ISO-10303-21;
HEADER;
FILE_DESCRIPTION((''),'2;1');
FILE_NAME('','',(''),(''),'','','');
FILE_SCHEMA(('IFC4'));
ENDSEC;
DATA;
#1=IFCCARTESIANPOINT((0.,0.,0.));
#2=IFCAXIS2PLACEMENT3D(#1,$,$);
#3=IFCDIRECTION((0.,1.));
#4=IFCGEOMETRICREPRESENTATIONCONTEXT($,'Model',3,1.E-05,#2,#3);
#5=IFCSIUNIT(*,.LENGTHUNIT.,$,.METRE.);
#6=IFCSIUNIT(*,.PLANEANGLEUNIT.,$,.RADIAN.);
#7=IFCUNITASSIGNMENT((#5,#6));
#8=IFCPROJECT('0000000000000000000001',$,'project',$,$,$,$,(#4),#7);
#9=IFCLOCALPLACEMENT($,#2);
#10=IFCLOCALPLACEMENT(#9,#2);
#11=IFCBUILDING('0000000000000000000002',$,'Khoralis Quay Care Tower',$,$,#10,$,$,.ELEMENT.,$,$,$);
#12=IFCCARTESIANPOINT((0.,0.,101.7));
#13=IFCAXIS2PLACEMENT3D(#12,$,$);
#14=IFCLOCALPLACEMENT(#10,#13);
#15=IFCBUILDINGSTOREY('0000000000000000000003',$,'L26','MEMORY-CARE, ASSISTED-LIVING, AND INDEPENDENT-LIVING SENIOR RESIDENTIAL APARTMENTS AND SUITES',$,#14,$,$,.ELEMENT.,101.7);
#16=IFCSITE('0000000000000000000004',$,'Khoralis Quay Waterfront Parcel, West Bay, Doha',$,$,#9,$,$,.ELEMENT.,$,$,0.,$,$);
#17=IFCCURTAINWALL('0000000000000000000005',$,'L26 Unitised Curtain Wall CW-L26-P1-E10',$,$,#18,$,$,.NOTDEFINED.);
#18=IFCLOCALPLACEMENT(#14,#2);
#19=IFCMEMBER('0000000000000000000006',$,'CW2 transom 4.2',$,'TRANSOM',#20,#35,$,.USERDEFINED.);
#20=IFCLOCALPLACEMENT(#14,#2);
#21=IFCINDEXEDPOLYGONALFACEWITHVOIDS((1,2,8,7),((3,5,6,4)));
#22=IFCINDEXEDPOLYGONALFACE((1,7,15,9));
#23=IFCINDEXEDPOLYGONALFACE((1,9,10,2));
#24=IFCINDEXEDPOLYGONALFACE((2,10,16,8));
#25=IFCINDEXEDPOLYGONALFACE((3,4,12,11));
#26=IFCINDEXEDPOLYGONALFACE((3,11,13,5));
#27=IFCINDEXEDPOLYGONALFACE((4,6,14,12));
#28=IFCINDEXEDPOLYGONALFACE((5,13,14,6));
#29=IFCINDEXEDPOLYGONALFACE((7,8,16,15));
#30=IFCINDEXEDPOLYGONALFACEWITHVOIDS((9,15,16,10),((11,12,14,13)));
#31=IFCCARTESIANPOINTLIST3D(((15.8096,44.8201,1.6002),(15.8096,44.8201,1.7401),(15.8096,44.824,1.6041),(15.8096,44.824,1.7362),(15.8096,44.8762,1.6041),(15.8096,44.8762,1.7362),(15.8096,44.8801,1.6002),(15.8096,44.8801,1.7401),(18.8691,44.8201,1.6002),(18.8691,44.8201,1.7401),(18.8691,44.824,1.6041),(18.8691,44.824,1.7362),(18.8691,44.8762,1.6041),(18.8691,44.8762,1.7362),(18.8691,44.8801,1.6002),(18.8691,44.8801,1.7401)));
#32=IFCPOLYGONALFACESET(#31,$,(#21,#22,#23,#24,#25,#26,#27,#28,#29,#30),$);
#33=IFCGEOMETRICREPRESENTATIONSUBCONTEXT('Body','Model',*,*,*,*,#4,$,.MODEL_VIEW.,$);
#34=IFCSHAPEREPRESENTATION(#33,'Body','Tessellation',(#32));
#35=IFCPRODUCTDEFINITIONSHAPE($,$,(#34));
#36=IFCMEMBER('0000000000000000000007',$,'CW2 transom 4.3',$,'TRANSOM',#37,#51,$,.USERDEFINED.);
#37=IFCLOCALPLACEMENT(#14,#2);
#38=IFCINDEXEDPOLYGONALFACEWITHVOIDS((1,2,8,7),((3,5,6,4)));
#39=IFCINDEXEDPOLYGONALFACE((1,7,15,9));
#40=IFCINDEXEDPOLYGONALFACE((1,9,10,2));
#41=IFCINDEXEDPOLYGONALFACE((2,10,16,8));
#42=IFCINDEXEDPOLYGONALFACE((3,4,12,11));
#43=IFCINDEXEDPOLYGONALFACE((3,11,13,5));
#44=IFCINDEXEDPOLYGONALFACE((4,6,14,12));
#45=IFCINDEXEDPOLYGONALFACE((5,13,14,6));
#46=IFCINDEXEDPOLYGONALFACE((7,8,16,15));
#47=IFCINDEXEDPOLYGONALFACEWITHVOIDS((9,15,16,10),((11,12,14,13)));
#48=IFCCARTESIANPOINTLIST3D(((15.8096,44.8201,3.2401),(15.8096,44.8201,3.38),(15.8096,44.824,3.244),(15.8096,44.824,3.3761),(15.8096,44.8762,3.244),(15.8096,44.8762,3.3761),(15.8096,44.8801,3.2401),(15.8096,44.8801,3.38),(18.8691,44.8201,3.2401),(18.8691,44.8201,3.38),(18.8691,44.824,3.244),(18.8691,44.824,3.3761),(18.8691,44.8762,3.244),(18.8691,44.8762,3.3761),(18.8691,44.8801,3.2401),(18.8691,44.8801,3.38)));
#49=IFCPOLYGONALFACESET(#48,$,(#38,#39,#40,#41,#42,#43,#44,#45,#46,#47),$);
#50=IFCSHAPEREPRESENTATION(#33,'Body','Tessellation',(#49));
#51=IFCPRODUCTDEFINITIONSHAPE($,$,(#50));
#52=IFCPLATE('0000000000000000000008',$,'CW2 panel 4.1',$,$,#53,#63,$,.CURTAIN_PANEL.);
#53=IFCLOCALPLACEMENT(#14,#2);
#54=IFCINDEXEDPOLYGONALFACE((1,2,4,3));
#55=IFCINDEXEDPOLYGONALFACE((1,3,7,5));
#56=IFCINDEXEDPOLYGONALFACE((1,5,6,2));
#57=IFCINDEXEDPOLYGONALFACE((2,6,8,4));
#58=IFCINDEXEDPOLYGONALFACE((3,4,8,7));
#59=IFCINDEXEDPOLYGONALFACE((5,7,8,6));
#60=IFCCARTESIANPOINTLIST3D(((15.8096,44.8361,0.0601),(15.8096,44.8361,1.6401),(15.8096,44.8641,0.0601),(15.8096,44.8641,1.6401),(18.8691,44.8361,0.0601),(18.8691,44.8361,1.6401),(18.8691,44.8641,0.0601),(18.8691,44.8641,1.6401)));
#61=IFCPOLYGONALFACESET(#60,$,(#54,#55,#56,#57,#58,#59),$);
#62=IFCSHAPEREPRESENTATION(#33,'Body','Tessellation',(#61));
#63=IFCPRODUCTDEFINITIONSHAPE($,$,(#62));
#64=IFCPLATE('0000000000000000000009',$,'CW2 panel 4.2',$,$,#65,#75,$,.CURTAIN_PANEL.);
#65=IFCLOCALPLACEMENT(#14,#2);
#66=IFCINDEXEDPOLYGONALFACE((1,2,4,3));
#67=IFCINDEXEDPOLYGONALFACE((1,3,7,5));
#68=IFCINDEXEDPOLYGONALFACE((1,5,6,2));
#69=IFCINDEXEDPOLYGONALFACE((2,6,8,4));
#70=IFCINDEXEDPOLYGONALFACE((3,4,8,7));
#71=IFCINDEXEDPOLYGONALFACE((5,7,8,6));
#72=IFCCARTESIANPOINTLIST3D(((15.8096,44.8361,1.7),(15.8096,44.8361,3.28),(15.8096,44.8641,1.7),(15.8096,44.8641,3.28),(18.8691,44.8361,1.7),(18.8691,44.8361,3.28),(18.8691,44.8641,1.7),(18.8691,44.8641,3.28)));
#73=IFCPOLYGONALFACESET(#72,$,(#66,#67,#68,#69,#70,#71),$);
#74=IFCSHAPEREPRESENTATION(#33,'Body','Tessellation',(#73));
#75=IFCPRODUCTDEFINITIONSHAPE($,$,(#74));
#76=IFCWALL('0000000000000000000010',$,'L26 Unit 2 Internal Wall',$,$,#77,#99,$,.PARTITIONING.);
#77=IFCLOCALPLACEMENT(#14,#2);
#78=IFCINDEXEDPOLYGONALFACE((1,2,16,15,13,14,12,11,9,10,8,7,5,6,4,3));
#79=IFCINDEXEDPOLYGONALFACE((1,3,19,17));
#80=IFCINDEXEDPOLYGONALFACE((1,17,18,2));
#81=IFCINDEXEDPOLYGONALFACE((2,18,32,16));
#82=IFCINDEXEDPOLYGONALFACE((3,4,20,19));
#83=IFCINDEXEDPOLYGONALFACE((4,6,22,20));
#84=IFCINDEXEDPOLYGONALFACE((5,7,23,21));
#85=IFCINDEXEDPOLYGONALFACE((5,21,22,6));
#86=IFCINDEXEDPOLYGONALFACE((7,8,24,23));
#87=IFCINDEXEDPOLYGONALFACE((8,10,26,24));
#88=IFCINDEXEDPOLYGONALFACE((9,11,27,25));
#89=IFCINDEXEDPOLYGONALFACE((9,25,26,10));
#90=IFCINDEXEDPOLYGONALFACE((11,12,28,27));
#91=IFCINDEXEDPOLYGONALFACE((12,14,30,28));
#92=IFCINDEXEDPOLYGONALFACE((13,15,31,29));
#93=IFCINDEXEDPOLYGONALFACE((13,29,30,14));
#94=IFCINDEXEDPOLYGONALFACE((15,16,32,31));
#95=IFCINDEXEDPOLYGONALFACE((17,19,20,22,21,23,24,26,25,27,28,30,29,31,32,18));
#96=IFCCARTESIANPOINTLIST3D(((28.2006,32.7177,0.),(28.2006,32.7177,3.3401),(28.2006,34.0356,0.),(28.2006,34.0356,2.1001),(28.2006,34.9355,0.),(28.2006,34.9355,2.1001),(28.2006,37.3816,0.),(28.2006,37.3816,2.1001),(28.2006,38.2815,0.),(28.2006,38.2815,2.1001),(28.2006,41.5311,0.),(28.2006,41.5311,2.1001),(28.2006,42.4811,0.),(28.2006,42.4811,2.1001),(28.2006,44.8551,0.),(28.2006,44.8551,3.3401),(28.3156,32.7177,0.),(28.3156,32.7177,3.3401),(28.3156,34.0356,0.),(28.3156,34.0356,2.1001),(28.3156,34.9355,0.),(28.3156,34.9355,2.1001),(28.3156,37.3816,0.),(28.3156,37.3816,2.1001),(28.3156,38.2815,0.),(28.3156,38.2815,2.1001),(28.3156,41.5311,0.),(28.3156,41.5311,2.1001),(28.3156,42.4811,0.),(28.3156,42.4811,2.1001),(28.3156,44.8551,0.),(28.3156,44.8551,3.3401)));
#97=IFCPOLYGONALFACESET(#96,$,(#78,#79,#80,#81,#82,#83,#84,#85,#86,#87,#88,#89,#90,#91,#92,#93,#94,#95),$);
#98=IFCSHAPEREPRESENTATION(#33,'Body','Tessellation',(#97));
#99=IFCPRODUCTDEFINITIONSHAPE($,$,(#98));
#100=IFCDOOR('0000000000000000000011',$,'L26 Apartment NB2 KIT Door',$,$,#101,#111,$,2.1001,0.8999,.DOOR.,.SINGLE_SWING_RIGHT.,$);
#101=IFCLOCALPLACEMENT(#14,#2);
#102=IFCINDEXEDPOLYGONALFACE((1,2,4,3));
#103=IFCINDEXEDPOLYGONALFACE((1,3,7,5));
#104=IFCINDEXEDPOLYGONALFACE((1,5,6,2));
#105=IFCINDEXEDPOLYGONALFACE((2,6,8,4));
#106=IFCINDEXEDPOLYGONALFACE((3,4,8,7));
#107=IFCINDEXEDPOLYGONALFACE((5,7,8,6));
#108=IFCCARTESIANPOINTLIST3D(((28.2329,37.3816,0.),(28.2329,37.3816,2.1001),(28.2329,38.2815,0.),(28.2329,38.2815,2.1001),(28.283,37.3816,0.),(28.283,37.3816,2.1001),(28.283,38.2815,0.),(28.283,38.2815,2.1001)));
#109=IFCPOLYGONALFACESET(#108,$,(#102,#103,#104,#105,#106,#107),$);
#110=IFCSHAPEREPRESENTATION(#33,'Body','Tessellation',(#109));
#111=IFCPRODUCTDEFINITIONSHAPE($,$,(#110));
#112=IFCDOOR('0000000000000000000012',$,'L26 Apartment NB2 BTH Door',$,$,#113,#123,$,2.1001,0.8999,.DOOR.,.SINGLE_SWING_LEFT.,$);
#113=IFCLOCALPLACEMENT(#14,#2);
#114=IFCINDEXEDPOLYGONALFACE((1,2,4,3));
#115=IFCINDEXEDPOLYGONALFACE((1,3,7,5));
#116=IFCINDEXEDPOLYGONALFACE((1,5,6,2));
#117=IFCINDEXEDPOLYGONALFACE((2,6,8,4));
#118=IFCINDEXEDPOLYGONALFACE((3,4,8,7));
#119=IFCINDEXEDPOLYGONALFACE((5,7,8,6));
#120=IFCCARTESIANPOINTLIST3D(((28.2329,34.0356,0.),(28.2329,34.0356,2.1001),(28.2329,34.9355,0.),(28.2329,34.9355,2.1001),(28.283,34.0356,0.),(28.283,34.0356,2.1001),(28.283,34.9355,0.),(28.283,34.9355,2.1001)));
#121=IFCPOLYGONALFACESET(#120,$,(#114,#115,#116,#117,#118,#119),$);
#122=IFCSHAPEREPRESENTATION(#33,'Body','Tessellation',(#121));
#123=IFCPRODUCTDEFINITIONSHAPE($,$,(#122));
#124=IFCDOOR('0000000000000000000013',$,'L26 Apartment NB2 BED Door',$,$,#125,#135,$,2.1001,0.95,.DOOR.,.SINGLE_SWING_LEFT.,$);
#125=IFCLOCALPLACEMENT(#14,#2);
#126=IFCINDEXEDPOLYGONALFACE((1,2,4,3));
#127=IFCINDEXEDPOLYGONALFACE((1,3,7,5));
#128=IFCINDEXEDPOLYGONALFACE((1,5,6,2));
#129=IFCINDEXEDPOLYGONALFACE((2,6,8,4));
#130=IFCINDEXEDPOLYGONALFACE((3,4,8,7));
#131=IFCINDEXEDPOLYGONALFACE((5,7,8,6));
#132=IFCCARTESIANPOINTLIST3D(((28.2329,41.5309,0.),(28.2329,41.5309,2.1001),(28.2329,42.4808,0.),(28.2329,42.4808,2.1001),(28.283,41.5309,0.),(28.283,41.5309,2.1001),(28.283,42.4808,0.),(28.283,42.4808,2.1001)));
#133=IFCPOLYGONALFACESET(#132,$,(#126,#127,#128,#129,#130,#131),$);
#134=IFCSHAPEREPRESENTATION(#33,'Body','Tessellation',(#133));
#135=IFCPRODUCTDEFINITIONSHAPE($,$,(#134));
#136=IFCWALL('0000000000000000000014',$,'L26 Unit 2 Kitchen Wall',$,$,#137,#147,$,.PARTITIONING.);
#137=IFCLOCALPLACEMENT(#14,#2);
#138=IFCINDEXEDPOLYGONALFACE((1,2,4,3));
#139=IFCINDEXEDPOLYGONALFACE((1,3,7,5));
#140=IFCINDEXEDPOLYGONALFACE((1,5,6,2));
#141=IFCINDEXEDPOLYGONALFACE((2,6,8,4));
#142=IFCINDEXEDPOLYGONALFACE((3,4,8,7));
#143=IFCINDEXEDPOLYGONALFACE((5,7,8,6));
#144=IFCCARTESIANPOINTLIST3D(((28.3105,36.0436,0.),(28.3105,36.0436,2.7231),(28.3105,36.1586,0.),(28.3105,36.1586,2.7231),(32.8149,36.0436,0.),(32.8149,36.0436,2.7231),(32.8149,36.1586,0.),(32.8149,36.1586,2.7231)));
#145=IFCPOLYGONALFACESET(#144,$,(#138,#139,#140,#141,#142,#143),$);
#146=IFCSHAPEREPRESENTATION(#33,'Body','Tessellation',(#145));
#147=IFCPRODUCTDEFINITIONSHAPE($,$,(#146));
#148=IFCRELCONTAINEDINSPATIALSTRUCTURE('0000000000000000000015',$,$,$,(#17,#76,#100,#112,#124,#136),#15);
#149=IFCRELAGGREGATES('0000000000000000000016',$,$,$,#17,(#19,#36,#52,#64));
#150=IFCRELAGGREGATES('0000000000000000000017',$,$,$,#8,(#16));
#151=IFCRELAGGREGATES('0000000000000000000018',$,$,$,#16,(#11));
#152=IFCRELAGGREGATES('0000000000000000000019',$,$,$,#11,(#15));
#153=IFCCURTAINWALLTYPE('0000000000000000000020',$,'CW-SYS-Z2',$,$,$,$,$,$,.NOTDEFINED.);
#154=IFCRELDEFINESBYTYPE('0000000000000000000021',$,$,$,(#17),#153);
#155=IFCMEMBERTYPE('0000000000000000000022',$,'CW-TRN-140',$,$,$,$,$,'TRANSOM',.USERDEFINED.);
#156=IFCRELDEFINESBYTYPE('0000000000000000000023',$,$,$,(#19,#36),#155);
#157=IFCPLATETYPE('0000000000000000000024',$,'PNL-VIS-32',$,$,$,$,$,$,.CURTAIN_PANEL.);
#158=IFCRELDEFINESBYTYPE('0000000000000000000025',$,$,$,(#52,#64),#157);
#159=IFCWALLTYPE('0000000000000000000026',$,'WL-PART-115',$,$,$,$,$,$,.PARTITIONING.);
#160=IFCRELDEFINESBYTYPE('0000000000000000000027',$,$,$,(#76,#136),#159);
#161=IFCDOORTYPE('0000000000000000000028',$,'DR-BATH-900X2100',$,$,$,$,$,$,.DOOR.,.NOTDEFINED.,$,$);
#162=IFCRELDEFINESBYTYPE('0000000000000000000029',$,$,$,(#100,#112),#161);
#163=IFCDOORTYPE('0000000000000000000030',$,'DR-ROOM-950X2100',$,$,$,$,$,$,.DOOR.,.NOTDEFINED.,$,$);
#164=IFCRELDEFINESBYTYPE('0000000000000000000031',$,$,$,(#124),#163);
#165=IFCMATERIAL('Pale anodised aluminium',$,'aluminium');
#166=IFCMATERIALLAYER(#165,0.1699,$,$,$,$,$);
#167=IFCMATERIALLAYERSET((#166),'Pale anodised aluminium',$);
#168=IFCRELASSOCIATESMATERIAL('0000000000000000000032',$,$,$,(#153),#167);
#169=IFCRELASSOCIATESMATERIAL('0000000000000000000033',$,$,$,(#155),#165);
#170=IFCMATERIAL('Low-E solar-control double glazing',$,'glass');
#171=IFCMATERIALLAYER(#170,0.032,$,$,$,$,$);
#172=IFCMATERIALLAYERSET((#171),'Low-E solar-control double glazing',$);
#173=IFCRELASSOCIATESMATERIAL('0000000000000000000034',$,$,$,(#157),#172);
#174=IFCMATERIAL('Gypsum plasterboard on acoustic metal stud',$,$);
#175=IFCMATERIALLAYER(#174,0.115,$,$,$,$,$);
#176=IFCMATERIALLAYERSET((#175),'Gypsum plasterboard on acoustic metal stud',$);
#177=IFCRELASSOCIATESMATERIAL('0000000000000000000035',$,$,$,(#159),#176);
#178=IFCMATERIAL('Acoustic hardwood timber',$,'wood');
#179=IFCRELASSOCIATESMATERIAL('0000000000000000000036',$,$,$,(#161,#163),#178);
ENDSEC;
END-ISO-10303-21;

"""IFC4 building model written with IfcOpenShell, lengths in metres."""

from ifc_helpers import new_model, si_unit, direction, frame, frame_2d, origin, origin_2d, place, context, subcontext, project, spatial, rectangle, hollow_rectangle, extrude, source, transform, mapped, material, layer, layer_set, material_profile, profile_set, type_object, element, fill, aggregate, save


model = new_model("IFC4")

# Units and contexts
model_context = context("Model", 3, precision=1e-05, world=origin(), true_north=direction((0.0, 1.0)))
body_context = subcontext(model_context, "Body", "Model", "MODEL_VIEW")
ifc_project = project(units=[si_unit("LENGTHUNIT", "METRE"), si_unit("PLANEANGLEUNIT", "RADIAN")], contexts=[model_context])

# Site, building, storey
site_placement = place(None, origin())
site = spatial("IfcSite", under=ifc_project, at=site_placement, Name="Khoralis Quay Waterfront Parcel, West Bay, Doha", CompositionType="ELEMENT", RefElevation=0.0)
building_placement = place(site_placement, origin())
building = spatial("IfcBuilding", under=site, at=building_placement, Name="Khoralis Quay Care Tower", CompositionType="ELEMENT")
storey_placement = place(building_placement, frame((0.0, 0.0, 101.7)))
storey = spatial("IfcBuildingStorey", under=building, at=storey_placement, Name="L26", Description="MEMORY-CARE, ASSISTED-LIVING, AND INDEPENDENT-LIVING SENIOR RESIDENTIAL APARTMENTS AND SUITES", CompositionType="ELEMENT", Elevation=101.7)

# Curtain wall, members, plates
ifc_material_1 = material(Name="Pale anodised aluminium", Category="aluminium")
ifc_layer_1 = layer(ifc_material_1, 0.1699)
ifc_layer_set_1 = layer_set([ifc_layer_1], Name="Pale anodised aluminium")
curtain_wall_type = type_object("IfcCurtainWallType", Name="CW-SYS-Z2", PredefinedType="NOTDEFINED", material=ifc_layer_set_1)
curtain_wall_placement = place(storey_placement, origin())
curtain_wall = element("IfcCurtainWall", 1, at=curtain_wall_placement, inside=storey, type_object=curtain_wall_type, Name="L26 Unitised Curtain Wall CW-L26-P1-E10", PredefinedType="NOTDEFINED")
ifc_material_profile_1 = material_profile(ifc_material_1, hollow_rectangle(XDim=0.0601, YDim=0.1399, WallThickness=0.0039, at=origin_2d()), Name="Pale anodised aluminium")
ifc_profile_set_1 = profile_set([ifc_material_profile_1], Name="Pale anodised aluminium")
member_type_1 = type_object("IfcMemberType", Name="CW-TRN-140", ElementType="TRANSOM", PredefinedType="USERDEFINED", material=ifc_profile_set_1)
shared_shape_1 = source(origin(), body_context, "Body", "SweptSolid", [
    extrude(hollow_rectangle(XDim=0.0601, YDim=0.1399, WallThickness=0.0039, at=origin_2d()), origin(), (0.0, 0.0, 1.0), 3.0596),
])
member_1_placement = place(storey_placement, frame((18.8691, 44.8501, 1.6702), z_axis=(-1.0, 0.0, 0.0), x_axis=(0.0, -1.0, 0.0)))
member_1 = element("IfcMember", 2, at=member_1_placement, type_object=member_type_1, Name="CW2 transom 4.2", ObjectType="TRANSOM", PredefinedType="USERDEFINED", context=body_context, shape_type="MappedRepresentation", body=[
    mapped(shared_shape_1, transform((0.0, 0.0, 0.0), scale=1.0)),
])
member_2_placement = place(storey_placement, frame((18.8691, 44.8501, 3.3101), z_axis=(-1.0, 0.0, 0.0), x_axis=(0.0, -1.0, 0.0)))
member_2 = element("IfcMember", 3, at=member_2_placement, type_object=member_type_1, Name="CW2 transom 4.3", ObjectType="TRANSOM", PredefinedType="USERDEFINED", context=body_context, shape_type="MappedRepresentation", body=[
    mapped(shared_shape_1, transform((0.0, 0.0, 0.0), scale=1.0)),
])
ifc_material_2 = material(Name="Low-E solar-control double glazing", Category="glass")
ifc_layer_2 = layer(ifc_material_2, 0.032)
ifc_layer_set_2 = layer_set([ifc_layer_2], Name="Low-E solar-control double glazing")
plate_type = type_object("IfcPlateType", Name="PNL-VIS-32", PredefinedType="CURTAIN_PANEL", material=ifc_layer_set_2)
shared_shape_2 = source(origin(), body_context, "Body", "SweptSolid", [
    extrude(rectangle(XDim=3.0596, YDim=0.0281, at=origin_2d()), origin(), (0.0, 0.0, 1.0), 1.5801),
])
plate_1_placement = place(storey_placement, frame((17.3394, 44.8501, 0.0601), z_axis=(0.0, 0.0, 1.0), x_axis=(-1.0, 0.0, 0.0)))
plate_1 = element("IfcPlate", 4, at=plate_1_placement, type_object=plate_type, Name="CW2 panel 4.1", PredefinedType="CURTAIN_PANEL", context=body_context, shape_type="MappedRepresentation", body=[
    mapped(shared_shape_2, transform((0.0, 0.0, 0.0), scale=1.0)),
])
plate_2_placement = place(storey_placement, frame((17.3394, 44.8501, 1.7), z_axis=(0.0, 0.0, 1.0), x_axis=(-1.0, 0.0, 0.0)))
plate_2 = element("IfcPlate", 5, at=plate_2_placement, type_object=plate_type, Name="CW2 panel 4.2", PredefinedType="CURTAIN_PANEL", context=body_context, shape_type="MappedRepresentation", body=[
    mapped(shared_shape_2, transform((0.0, 0.0, 0.0), scale=1.0)),
])
aggregate(curtain_wall, [member_1, member_2, plate_1, plate_2])

# Wall, openings, doors
ifc_material_3 = material(Name="Gypsum plasterboard on acoustic metal stud")
ifc_layer_3 = layer(ifc_material_3, 0.115)
ifc_layer_set_3 = layer_set([ifc_layer_3], Name="Gypsum plasterboard on acoustic metal stud")
wall_type_1 = type_object("IfcWallType", Name="WL-PART-115", PredefinedType="PARTITIONING", material=ifc_layer_set_3)
wall_1_placement = place(storey_placement, frame((28.2581, 32.7175, 0.0), z_axis=(0.0, 0.0, 1.0), x_axis=(0.0, 1.0, 0.0)))
wall_1 = element("IfcWall", 6, at=wall_1_placement, inside=storey, type_object=wall_type_1, Name="L26 Unit 2 Internal Wall", PredefinedType="PARTITIONING", context=body_context, shape_type="SweptSolid", body=[
    extrude(rectangle(XDim=12.1375, YDim=0.115, at=frame_2d((6.0688, 0.0))), origin(), (0.0, 0.0, 1.0), 3.3401),
])
opening_1_placement = place(wall_1_placement, frame((8.8135, 0.0, 0.0)))
opening_1 = element("IfcOpeningElement", 7, at=opening_1_placement, cuts=wall_1, PredefinedType="OPENING", context=body_context, shape_type="SweptSolid", body=[
    extrude(rectangle(XDim=0.95, YDim=2.1001, at=frame_2d((0.4751, 1.05))), frame((0.0, 0.0674, 0.0), z_axis=(0.0, -1.0, 0.0), x_axis=(1.0, 0.0, 0.0)), (0.0, 0.0, 1.0), 0.135),
])
opening_2_placement = place(wall_1_placement, frame((4.6641, 0.0, 0.0)))
opening_2 = element("IfcOpeningElement", 8, at=opening_2_placement, cuts=wall_1, PredefinedType="OPENING", context=body_context, shape_type="SweptSolid", body=[
    extrude(rectangle(XDim=0.8999, YDim=2.1001, at=frame_2d((0.45, 1.05))), frame((0.0, 0.0674, 0.0), z_axis=(0.0, -1.0, 0.0), x_axis=(1.0, 0.0, 0.0)), (0.0, 0.0, 1.0), 0.135),
])
opening_3_placement = place(wall_1_placement, frame((1.3181, 0.0, 0.0)))
opening_3 = element("IfcOpeningElement", 9, at=opening_3_placement, cuts=wall_1, PredefinedType="OPENING", context=body_context, shape_type="SweptSolid", body=[
    extrude(rectangle(XDim=0.8999, YDim=2.1001, at=frame_2d((0.45, 1.05))), frame((0.0, 0.0674, 0.0), z_axis=(0.0, -1.0, 0.0), x_axis=(1.0, 0.0, 0.0)), (0.0, 0.0, 1.0), 0.135),
])
ifc_material_4 = material(Name="Acoustic hardwood timber", Category="wood")
door_type_1 = type_object("IfcDoorType", Name="DR-BATH-900X2100", OperationType="NOTDEFINED", PredefinedType="DOOR", material=ifc_material_4)
shared_shape_3 = source(origin(), body_context, "Body", "SweptSolid", [
    extrude(rectangle(XDim=0.8999, YDim=2.1001, at=frame_2d((0.45, 1.05))), frame((0.0, 0.0249, 0.0), z_axis=(0.0, -1.0, 0.0), x_axis=(1.0, 0.0, 0.0)), (0.0, 0.0, 1.0), 0.05),
])
door_1_placement = place(opening_2_placement, frame((0.8999, 0.0, 0.0), z_axis=(0.0, 0.0, 1.0), x_axis=(-1.0, 0.0, 0.0)))
door_1 = element("IfcDoor", 10, at=door_1_placement, inside=storey, type_object=door_type_1, Name="L26 Apartment NB2 KIT Door", OperationType="SINGLE_SWING_RIGHT", OverallHeight=2.1001, OverallWidth=0.8999, PredefinedType="DOOR", context=body_context, shape_type="MappedRepresentation", body=[
    mapped(shared_shape_3, transform((0.0, 0.0, 0.0), scale=1.0)),
])
fill(opening_2, door_1)
door_2_placement = place(opening_3_placement, frame((0.8999, 0.0, 0.0), z_axis=(0.0, 0.0, 1.0), x_axis=(-1.0, 0.0, 0.0)))
door_2 = element("IfcDoor", 11, at=door_2_placement, inside=storey, type_object=door_type_1, Name="L26 Apartment NB2 BTH Door", OperationType="SINGLE_SWING_LEFT", OverallHeight=2.1001, OverallWidth=0.8999, PredefinedType="DOOR", context=body_context, shape_type="MappedRepresentation", body=[
    mapped(shared_shape_3, transform((0.0, 0.0, 0.0), scale=1.0)),
])
fill(opening_3, door_2)
door_type_2 = type_object("IfcDoorType", Name="DR-ROOM-950X2100", OperationType="NOTDEFINED", PredefinedType="DOOR", material=ifc_material_4)
shared_shape_4 = source(origin(), body_context, "Body", "SweptSolid", [
    extrude(rectangle(XDim=0.95, YDim=2.1001, at=frame_2d((0.4751, 1.05))), frame((0.0, 0.0249, 0.0), z_axis=(0.0, -1.0, 0.0), x_axis=(1.0, 0.0, 0.0)), (0.0, 0.0, 1.0), 0.05),
])
door_3_placement = place(opening_1_placement, frame((0.95, 0.0, 0.0), z_axis=(0.0, 0.0, 1.0), x_axis=(-1.0, 0.0, 0.0)))
door_3 = element("IfcDoor", 12, at=door_3_placement, inside=storey, type_object=door_type_2, Name="L26 Apartment NB2 BED Door", OperationType="SINGLE_SWING_LEFT", OverallHeight=2.1001, OverallWidth=0.95, PredefinedType="DOOR", context=body_context, shape_type="MappedRepresentation", body=[
    mapped(shared_shape_4, transform((0.0, 0.0, 0.0), scale=1.0)),
])
fill(opening_1, door_3)

# Wall
wall_2_placement = place(storey_placement, frame((28.3105, 36.1011, 0.0), z_axis=(0.0, 0.0, 1.0), x_axis=(1.0, 0.0, 0.0)))
element("IfcWall", 13, at=wall_2_placement, inside=storey, type_object=wall_type_1, Name="L26 Unit 2 Kitchen Wall", PredefinedType="PARTITIONING", context=body_context, shape_type="SweptSolid", body=[
    extrude(rectangle(XDim=4.5044, YDim=0.115, at=frame_2d((2.2522, 0.0))), origin(), (0.0, 0.0, 1.0), 2.7231),
])

save(model, "model.ifc")
